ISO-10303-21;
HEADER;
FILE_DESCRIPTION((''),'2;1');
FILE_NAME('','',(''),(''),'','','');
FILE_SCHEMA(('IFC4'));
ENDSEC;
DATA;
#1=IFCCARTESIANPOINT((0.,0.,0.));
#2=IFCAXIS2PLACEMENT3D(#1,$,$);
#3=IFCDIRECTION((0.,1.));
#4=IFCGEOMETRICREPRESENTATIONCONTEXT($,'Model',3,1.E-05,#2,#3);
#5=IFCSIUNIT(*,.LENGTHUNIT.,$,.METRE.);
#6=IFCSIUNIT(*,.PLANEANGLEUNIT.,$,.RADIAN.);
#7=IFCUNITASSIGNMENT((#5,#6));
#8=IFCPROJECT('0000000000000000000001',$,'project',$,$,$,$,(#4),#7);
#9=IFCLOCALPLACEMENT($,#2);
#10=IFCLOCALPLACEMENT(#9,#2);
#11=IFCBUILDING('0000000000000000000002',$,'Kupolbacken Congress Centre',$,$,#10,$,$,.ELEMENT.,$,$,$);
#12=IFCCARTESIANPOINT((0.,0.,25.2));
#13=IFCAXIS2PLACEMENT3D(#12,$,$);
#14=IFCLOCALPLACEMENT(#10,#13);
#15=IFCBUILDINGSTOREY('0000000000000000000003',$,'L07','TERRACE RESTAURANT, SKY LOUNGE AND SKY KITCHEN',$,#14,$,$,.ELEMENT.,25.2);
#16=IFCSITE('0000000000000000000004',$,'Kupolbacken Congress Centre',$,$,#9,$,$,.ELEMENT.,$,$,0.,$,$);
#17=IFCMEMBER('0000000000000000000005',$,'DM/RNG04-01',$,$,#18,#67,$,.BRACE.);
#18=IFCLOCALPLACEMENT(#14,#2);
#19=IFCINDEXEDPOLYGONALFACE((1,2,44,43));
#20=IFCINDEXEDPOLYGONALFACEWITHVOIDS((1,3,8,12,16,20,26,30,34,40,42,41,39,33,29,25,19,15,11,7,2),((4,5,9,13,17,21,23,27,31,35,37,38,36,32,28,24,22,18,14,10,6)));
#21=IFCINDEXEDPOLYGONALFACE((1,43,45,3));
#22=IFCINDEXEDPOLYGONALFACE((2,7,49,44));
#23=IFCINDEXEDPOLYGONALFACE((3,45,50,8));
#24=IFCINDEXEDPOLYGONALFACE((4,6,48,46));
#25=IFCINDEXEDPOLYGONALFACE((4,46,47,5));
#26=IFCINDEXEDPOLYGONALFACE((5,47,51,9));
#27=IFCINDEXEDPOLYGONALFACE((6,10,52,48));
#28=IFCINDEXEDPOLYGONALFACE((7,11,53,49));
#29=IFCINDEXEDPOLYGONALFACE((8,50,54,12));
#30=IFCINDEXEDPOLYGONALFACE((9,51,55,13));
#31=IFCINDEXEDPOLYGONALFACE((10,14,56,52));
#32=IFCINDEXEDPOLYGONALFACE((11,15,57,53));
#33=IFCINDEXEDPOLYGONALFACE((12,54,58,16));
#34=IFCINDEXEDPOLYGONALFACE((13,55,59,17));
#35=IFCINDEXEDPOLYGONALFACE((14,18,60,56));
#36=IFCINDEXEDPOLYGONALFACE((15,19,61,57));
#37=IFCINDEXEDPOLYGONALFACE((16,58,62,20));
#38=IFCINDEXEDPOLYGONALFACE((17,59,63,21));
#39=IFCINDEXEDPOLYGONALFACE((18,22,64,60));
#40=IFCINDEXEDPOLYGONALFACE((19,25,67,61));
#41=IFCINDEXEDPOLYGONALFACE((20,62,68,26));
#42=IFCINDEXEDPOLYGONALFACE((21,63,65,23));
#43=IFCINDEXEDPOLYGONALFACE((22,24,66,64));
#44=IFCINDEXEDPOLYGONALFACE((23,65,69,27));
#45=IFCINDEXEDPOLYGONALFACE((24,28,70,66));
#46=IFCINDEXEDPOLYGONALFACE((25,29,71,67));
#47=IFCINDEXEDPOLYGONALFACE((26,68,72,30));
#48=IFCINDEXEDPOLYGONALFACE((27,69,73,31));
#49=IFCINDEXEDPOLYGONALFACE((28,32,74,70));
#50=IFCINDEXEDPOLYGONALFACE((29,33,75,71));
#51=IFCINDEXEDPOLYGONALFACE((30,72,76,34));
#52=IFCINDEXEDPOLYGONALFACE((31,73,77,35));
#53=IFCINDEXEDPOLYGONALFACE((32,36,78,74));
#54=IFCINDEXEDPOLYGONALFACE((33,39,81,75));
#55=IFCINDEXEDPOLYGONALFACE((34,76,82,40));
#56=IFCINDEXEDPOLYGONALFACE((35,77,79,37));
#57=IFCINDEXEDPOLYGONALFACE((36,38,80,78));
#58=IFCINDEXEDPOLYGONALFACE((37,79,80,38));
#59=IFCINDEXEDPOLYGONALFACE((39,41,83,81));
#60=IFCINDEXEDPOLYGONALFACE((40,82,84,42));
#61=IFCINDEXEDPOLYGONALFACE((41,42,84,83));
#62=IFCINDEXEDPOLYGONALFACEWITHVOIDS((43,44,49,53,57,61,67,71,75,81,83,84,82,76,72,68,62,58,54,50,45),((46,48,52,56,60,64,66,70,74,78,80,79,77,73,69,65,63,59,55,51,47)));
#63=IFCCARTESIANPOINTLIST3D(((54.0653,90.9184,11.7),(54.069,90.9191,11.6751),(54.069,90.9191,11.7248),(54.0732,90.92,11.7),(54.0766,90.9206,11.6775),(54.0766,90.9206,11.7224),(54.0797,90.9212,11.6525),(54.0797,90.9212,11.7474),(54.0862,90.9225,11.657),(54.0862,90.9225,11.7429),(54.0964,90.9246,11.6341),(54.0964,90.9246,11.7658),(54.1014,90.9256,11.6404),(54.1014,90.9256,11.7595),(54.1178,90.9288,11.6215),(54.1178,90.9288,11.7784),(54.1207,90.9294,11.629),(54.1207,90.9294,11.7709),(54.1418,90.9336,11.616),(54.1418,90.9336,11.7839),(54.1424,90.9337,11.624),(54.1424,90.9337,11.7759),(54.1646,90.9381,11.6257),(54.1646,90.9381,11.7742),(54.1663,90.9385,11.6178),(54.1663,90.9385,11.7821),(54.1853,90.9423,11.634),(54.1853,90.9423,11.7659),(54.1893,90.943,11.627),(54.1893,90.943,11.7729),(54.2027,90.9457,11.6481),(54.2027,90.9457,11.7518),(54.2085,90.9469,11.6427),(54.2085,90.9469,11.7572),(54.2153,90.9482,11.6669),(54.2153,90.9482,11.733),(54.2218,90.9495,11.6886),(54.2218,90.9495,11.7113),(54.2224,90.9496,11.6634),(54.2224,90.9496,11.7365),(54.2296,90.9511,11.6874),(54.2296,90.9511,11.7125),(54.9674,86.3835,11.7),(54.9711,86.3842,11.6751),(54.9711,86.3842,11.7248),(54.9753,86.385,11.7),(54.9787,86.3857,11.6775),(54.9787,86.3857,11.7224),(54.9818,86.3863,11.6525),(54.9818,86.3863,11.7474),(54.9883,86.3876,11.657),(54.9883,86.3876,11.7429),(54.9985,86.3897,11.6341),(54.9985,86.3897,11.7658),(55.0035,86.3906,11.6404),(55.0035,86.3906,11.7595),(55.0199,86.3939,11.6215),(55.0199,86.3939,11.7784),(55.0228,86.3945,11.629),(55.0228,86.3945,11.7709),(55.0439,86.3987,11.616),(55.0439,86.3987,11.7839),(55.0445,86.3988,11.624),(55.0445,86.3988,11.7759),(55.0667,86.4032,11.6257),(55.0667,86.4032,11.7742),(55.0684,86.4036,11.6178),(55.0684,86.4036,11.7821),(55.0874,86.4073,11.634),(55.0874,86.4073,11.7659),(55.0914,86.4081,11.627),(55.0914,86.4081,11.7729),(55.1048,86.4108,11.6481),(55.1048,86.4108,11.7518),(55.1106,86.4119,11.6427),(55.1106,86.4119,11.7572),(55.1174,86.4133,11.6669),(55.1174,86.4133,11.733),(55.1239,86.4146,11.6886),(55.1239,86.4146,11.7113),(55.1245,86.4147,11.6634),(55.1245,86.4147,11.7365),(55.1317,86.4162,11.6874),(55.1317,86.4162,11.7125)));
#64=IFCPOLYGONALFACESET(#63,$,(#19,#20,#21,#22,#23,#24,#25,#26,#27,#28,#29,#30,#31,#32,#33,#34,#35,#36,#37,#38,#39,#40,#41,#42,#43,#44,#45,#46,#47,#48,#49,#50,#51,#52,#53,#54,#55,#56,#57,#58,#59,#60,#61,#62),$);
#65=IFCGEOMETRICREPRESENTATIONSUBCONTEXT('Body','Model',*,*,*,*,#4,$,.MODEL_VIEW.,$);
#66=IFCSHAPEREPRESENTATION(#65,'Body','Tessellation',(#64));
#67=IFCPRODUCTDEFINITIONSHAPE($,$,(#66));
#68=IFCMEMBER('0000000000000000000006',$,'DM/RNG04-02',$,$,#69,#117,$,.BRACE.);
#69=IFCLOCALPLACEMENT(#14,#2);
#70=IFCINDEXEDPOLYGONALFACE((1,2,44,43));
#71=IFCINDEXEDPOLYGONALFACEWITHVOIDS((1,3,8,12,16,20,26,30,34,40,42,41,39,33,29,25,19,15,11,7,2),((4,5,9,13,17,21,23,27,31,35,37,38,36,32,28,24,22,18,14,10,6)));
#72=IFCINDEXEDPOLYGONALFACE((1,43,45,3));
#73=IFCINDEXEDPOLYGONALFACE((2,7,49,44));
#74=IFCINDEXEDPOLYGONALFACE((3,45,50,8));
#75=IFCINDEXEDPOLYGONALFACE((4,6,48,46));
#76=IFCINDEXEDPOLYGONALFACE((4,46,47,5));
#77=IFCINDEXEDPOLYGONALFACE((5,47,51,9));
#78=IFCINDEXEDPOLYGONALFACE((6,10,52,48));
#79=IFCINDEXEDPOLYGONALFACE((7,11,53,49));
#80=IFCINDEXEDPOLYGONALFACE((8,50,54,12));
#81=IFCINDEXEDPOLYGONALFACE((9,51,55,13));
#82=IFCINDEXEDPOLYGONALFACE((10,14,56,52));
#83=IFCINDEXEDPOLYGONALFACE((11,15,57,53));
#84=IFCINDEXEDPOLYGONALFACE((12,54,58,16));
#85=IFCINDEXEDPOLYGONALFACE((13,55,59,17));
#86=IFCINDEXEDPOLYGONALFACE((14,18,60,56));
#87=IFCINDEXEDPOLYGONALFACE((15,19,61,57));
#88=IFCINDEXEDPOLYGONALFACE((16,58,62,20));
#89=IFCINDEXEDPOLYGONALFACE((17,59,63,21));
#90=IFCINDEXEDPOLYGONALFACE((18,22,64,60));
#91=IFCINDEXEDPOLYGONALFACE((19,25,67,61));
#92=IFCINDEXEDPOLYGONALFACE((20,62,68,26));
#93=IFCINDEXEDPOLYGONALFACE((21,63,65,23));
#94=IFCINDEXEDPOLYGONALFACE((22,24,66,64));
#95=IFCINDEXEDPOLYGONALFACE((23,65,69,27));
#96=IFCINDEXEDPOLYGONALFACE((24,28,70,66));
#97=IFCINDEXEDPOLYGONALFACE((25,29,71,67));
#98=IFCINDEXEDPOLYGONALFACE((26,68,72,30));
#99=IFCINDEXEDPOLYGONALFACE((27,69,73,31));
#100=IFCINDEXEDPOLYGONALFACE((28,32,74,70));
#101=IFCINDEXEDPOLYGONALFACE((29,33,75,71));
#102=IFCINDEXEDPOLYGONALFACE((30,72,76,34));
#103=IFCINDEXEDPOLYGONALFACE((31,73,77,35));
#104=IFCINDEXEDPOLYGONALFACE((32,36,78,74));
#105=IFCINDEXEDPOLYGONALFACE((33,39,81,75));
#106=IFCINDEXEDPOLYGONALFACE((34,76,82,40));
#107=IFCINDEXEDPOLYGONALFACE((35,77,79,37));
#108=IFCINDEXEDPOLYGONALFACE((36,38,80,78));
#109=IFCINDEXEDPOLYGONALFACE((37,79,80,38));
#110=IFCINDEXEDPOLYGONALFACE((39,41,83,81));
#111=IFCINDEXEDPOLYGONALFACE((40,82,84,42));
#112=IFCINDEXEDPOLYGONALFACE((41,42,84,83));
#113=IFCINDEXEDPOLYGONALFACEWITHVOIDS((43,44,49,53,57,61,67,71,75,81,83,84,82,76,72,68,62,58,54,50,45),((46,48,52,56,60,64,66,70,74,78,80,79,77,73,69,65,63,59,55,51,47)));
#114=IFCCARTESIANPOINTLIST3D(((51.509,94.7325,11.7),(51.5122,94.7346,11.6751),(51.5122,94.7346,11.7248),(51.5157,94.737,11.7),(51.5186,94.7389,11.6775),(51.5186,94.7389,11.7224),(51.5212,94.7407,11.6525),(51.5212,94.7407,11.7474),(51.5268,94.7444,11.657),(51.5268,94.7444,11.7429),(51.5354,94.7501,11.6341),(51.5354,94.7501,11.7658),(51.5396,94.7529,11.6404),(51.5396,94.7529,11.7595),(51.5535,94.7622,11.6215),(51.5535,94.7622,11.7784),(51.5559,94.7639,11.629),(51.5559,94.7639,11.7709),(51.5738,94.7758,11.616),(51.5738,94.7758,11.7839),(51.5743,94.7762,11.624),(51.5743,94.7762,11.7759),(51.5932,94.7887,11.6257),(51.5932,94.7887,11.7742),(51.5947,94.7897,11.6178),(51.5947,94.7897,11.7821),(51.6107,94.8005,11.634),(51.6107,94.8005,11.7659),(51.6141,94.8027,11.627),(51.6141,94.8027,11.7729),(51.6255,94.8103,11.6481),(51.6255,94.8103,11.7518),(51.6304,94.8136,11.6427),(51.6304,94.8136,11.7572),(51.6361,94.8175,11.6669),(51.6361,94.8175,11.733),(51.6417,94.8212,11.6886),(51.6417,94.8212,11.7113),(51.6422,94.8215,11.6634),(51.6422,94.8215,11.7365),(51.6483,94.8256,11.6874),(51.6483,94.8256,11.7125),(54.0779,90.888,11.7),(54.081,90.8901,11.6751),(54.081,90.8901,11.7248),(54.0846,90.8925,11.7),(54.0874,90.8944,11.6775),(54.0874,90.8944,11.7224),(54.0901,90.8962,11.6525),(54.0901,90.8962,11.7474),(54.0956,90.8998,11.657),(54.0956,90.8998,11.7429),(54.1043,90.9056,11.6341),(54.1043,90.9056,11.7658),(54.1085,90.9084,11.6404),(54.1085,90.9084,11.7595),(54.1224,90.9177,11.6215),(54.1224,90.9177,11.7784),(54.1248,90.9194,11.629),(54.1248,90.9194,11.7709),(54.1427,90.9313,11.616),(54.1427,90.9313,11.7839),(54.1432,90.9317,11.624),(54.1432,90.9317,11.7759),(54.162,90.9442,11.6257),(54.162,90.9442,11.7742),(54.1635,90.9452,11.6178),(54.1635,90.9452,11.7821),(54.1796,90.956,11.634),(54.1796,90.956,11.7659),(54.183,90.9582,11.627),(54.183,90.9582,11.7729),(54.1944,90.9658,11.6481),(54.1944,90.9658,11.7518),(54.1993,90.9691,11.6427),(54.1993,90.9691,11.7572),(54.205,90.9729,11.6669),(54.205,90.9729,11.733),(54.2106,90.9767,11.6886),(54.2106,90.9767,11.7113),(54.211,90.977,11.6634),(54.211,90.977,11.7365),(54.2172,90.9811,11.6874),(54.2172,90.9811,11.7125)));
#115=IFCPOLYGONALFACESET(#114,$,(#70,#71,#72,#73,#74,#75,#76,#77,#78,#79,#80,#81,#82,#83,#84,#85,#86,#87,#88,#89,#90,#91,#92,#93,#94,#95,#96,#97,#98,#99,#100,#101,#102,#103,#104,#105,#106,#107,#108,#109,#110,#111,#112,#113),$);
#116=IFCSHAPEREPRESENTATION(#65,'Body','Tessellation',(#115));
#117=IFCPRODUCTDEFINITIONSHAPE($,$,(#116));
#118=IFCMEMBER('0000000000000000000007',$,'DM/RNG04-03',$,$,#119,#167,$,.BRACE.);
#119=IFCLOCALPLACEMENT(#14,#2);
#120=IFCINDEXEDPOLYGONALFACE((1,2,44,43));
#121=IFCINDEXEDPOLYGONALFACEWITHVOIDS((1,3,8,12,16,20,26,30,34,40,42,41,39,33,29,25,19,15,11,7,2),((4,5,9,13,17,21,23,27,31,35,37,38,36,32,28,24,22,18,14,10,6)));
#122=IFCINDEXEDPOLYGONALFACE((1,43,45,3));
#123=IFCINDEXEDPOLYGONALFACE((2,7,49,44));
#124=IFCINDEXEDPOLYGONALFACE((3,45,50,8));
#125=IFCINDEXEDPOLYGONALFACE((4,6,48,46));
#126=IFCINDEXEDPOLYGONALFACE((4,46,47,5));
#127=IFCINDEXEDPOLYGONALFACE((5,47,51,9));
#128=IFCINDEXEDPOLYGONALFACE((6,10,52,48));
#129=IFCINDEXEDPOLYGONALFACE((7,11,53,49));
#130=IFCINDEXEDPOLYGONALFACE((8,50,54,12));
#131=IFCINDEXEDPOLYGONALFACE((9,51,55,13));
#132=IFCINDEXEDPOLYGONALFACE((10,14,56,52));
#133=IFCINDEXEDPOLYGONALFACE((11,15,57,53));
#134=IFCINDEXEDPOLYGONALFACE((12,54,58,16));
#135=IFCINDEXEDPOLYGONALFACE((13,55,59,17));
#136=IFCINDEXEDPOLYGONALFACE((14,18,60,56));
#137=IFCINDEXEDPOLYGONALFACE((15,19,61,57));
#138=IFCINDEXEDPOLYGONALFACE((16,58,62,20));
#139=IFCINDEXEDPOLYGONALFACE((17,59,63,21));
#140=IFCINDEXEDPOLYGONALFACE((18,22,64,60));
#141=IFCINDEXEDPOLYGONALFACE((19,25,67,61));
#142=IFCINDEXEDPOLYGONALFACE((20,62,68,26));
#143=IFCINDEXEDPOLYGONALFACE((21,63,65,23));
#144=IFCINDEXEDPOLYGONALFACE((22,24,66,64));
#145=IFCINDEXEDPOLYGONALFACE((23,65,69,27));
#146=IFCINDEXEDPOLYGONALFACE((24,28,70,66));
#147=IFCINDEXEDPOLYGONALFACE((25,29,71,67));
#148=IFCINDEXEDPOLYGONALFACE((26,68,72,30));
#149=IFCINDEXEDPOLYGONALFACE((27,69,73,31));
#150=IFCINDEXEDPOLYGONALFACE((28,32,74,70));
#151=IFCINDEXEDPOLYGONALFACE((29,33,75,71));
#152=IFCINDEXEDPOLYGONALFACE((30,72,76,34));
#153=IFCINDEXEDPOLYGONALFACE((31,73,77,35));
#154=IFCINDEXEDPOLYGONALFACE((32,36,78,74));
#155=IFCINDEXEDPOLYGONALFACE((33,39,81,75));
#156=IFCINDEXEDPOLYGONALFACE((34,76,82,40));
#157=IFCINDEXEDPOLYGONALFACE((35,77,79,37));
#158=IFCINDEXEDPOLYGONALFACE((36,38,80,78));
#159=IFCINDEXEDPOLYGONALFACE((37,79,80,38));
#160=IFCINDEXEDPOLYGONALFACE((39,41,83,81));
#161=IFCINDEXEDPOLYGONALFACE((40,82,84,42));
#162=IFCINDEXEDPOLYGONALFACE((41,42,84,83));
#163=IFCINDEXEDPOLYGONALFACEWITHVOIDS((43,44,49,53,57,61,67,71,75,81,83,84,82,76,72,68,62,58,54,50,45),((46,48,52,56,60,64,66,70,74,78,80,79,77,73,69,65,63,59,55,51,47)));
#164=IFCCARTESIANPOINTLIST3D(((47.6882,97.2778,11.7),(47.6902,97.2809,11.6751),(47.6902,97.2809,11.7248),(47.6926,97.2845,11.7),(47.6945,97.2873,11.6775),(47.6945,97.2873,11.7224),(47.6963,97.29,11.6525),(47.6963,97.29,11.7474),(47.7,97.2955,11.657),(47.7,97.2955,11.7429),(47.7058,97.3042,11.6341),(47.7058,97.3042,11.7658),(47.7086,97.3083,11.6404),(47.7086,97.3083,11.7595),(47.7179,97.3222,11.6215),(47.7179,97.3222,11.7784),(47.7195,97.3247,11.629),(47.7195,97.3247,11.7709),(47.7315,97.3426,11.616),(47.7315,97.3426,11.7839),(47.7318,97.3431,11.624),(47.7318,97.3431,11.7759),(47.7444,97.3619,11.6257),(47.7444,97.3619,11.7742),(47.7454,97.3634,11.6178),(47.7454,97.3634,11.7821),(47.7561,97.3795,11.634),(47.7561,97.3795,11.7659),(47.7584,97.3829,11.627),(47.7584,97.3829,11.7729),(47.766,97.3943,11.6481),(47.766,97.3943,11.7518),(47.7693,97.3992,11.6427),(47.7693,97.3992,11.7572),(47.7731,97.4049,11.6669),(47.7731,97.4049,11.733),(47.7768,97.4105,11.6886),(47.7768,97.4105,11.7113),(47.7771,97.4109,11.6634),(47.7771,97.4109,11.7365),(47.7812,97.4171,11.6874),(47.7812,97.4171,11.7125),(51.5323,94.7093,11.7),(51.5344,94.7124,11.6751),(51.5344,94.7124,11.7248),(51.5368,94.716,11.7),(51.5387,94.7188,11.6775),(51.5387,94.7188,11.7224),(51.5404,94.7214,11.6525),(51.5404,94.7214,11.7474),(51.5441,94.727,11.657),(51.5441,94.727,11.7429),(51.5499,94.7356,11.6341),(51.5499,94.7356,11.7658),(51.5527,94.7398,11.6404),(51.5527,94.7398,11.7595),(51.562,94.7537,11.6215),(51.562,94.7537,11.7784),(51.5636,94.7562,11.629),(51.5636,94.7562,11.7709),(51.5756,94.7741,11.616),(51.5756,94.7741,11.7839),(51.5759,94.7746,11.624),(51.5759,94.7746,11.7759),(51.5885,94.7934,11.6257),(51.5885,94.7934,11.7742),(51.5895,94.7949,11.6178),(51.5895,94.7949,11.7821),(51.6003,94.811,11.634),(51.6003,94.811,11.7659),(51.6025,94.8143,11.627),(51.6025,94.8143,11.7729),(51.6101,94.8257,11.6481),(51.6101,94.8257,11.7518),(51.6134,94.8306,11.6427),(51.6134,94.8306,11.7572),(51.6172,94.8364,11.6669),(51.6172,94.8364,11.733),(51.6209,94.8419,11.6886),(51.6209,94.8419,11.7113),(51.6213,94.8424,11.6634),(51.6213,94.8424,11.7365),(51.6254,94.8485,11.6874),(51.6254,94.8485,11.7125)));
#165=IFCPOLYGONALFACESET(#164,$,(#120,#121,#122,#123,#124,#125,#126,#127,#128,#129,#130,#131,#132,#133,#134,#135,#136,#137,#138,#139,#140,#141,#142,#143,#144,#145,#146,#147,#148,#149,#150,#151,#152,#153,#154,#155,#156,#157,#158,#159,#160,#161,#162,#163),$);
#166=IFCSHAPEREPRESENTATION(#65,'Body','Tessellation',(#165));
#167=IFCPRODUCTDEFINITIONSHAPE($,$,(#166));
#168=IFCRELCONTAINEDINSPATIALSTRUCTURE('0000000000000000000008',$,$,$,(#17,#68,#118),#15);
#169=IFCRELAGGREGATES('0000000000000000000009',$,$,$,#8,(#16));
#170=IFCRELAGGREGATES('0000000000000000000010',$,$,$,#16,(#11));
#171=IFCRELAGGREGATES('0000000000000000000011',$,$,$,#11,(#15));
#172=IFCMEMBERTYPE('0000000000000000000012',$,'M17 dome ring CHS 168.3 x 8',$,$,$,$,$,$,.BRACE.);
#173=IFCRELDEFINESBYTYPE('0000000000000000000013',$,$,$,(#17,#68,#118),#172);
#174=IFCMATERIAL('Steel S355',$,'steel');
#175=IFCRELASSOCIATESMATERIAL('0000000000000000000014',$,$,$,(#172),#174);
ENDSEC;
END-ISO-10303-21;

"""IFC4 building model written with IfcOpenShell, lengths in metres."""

from ifc_helpers import new_model, si_unit, direction, frame, origin, origin_2d, place, context, subcontext, project, spatial, hollow_circle, extrude, material, material_profile, profile_set, type_object, element, save


model = new_model("IFC4")

# Units and contexts
model_context = context("Model", 3, precision=1e-05, world=origin(), true_north=direction((0.0, 1.0)))
body_context = subcontext(model_context, "Body", "Model", "MODEL_VIEW")
ifc_project = project(units=[si_unit("LENGTHUNIT", "METRE"), si_unit("PLANEANGLEUNIT", "RADIAN")], contexts=[model_context])

# Site, building, storey
site_placement = place(None, origin())
site = spatial("IfcSite", under=ifc_project, at=site_placement, Name="Kupolbacken Congress Centre", CompositionType="ELEMENT", RefElevation=0.0)
building_placement = place(site_placement, origin())
building = spatial("IfcBuilding", under=site, at=building_placement, Name="Kupolbacken Congress Centre", CompositionType="ELEMENT")
storey_placement = place(building_placement, frame((0.0, 0.0, 25.2)))
storey = spatial("IfcBuildingStorey", under=building, at=storey_placement, Name="L07", Description="TERRACE RESTAURANT, SKY LOUNGE AND SKY KITCHEN", CompositionType="ELEMENT", Elevation=25.2)

# Members
ifc_material_1 = material(Name="Steel S355", Category="steel")
ifc_material_profile_1 = material_profile(ifc_material_1, hollow_circle(Radius=0.0842, WallThickness=0.0081, at=origin_2d()), Name="CHS 168.3 x 8")
ifc_profile_set_1 = profile_set([ifc_material_profile_1], Name="Steel S355")
member_type_1 = type_object("IfcMemberType", Name="M17 dome ring CHS 168.3 x 8", PredefinedType="BRACE", material=ifc_profile_set_1)
for number, where, z_axis, x_axis, name in (
    (1, (55.05, 86.3999, 11.7), (-0.195101, 0.980783, 0.0), (-0.980783, -0.195101, 0.0), "DM/RNG04-01"),
    (2, (54.1479, 90.9348, 11.7), (-0.555577, 0.831465, 0.0), (-0.831465, -0.555577, 0.0), "DM/RNG04-02"),
):
    element("IfcMember", number, at=place(storey_placement, frame(where, z_axis=z_axis, x_axis=x_axis)), inside=storey, type_object=member_type_1, Name=name, PredefinedType="BRACE", context=body_context, shape_type="SweptSolid", body=[
        extrude(hollow_circle(Radius=0.0842, WallThickness=0.0081, at=origin_2d()), origin(), (0.0, 0.0, 1.0), 4.6238),
    ])
member_1_placement = place(storey_placement, frame((51.5791, 94.7793, 11.7), z_axis=(-0.831473, 0.555565, 0.0), x_axis=(-0.555565, -0.831473, 0.0)))
element("IfcMember", 3, at=member_1_placement, inside=storey, type_object=member_type_1, Name="DM/RNG04-03", PredefinedType="BRACE", context=body_context, shape_type="SweptSolid", body=[
    extrude(hollow_circle(Radius=0.0842, WallThickness=0.0081, at=origin_2d()), origin(), (0.0, 0.0, 1.0), 4.6233),
])

save(model, "model.ifc")
